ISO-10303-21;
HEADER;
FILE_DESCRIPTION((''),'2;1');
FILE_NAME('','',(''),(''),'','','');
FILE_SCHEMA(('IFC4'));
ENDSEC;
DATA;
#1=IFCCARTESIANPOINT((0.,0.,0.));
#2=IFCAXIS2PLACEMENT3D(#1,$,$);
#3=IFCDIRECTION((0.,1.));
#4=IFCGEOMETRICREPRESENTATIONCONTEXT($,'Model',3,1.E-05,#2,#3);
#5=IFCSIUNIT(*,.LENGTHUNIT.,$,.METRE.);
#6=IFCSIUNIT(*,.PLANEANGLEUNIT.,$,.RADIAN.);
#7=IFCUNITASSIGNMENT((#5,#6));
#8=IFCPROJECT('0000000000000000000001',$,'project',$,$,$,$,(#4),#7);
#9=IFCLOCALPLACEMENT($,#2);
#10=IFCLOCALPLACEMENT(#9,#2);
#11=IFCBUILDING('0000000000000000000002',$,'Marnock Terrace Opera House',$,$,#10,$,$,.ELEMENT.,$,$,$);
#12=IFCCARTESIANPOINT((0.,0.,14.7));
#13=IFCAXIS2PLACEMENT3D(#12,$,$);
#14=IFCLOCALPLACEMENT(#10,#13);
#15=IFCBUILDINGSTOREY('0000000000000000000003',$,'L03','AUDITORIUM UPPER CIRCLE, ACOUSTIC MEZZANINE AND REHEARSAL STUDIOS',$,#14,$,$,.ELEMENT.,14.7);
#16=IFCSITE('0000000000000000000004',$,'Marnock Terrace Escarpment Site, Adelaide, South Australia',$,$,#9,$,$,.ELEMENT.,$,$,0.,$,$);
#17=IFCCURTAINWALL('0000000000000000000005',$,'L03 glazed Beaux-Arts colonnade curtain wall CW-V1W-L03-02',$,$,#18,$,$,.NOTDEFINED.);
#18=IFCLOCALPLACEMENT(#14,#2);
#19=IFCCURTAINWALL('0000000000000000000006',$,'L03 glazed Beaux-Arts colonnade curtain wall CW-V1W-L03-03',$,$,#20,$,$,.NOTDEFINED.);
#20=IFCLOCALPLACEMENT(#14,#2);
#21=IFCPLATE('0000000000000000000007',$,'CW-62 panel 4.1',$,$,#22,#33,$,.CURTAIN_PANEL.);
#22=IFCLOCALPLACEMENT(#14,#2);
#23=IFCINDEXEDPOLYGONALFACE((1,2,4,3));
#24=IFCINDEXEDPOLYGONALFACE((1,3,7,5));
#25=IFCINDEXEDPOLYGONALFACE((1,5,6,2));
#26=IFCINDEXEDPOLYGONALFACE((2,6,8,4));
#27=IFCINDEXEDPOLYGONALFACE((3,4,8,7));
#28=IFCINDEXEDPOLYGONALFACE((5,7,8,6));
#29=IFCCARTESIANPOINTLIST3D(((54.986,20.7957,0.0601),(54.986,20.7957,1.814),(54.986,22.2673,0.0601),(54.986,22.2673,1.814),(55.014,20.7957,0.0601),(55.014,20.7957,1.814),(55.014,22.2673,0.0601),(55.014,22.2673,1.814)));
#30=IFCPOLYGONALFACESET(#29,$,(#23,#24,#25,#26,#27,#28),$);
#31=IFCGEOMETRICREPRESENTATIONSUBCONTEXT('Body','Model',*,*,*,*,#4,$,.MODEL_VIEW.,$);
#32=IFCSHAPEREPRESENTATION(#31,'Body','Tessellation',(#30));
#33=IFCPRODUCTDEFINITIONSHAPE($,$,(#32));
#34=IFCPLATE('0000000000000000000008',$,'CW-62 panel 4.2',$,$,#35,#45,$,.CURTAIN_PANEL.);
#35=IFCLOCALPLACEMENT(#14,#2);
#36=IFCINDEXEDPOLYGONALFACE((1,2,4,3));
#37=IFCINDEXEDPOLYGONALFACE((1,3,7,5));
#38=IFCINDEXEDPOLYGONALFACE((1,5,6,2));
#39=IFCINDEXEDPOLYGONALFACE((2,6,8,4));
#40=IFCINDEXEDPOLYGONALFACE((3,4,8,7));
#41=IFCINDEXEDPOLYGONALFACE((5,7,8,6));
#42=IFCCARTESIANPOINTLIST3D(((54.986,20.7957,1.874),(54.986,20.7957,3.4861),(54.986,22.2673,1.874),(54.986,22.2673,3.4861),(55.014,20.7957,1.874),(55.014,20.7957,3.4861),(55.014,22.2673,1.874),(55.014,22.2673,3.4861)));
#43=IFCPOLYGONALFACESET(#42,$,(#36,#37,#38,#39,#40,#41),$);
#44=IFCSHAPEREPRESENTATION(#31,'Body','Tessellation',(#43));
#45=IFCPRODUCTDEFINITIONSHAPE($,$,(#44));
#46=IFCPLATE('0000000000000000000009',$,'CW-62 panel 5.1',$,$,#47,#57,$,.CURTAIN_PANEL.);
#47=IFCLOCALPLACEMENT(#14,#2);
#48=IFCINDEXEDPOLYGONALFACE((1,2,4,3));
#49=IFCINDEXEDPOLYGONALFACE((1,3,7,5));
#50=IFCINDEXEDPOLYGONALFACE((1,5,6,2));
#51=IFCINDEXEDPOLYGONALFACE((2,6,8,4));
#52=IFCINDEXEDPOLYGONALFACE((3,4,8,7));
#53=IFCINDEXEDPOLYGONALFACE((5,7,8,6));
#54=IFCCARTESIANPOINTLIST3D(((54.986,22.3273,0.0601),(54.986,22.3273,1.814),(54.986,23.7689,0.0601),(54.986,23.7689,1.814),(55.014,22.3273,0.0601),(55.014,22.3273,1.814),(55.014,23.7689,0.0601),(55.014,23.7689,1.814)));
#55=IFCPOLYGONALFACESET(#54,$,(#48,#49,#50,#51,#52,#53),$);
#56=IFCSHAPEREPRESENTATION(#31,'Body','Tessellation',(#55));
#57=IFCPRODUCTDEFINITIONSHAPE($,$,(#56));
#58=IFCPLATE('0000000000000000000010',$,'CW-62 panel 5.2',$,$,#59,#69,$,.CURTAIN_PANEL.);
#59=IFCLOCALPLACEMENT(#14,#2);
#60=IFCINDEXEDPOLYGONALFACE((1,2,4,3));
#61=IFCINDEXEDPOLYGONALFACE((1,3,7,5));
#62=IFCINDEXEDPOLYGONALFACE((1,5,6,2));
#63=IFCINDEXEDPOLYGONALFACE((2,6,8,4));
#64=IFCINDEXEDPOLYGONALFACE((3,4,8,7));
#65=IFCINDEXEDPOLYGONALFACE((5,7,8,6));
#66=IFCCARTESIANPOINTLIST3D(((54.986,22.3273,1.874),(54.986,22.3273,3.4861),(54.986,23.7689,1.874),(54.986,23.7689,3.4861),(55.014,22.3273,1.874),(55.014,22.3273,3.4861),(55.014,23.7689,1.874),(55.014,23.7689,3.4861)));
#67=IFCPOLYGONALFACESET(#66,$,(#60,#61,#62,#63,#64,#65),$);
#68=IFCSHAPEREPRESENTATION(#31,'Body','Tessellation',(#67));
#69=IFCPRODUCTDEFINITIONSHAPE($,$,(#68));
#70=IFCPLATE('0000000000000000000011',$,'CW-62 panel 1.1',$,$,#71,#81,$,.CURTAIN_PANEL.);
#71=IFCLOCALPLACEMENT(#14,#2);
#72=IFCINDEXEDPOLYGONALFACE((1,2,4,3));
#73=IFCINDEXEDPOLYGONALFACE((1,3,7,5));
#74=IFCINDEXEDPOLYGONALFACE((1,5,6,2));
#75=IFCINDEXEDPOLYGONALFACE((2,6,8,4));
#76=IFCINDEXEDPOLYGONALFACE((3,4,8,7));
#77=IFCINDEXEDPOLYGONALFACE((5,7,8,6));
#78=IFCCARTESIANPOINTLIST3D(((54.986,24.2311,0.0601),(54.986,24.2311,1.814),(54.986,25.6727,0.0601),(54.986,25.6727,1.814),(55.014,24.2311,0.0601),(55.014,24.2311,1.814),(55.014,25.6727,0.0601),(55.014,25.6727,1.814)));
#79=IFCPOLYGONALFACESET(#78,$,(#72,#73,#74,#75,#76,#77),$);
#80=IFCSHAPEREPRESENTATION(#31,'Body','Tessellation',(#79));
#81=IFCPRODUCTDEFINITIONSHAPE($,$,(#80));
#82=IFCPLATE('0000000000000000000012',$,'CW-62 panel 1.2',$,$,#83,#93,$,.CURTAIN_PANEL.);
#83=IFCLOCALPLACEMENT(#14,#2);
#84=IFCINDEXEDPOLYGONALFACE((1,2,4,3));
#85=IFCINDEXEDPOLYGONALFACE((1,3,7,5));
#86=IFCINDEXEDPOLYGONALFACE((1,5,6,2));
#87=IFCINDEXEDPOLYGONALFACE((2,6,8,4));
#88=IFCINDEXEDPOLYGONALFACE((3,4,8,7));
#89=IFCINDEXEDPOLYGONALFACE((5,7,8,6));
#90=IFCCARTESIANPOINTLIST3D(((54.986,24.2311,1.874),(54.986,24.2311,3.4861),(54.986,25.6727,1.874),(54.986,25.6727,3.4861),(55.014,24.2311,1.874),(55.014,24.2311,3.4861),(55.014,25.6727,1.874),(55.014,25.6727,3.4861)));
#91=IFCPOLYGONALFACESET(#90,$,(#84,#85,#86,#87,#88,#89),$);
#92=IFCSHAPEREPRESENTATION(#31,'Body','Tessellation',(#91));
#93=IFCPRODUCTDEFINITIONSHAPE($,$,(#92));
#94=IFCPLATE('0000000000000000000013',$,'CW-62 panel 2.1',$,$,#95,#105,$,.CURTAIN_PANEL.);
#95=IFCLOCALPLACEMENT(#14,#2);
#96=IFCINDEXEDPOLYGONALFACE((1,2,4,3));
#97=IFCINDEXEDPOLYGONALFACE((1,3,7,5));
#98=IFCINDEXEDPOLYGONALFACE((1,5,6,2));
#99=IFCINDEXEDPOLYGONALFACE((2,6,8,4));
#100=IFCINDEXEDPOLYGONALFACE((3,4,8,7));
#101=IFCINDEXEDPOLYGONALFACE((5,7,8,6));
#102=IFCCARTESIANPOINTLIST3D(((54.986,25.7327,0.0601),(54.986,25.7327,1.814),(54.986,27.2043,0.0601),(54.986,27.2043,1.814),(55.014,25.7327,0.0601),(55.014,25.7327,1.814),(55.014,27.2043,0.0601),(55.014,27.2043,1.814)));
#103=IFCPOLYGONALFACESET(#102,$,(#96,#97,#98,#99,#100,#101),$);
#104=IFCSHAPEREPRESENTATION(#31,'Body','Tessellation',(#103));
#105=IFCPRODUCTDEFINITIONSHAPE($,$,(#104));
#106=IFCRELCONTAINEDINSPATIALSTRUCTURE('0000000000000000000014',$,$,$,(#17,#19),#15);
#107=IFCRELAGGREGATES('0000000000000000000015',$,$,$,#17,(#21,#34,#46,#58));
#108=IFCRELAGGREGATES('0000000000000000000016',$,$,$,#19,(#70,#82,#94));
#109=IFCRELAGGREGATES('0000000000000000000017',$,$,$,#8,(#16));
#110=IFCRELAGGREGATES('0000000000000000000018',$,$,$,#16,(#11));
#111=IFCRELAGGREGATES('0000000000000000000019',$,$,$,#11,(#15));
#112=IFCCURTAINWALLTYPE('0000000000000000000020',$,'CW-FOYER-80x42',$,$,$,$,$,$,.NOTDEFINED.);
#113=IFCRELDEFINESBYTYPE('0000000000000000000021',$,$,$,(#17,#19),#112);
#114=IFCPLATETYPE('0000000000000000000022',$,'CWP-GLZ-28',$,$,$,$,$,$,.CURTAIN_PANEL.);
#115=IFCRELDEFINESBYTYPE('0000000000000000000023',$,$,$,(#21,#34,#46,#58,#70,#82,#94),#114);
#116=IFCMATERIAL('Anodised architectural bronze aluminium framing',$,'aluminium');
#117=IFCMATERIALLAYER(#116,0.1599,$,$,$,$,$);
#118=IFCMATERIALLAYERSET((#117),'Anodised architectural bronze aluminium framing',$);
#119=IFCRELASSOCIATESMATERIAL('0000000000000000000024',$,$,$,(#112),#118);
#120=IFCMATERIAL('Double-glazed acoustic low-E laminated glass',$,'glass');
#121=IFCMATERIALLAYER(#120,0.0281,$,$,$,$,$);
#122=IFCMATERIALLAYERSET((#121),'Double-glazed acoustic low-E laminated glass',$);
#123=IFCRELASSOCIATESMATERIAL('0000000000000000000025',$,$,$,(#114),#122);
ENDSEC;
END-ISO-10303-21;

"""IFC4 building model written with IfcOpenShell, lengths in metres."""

from ifc_helpers import new_model, si_unit, direction, frame, origin, origin_2d, place, context, subcontext, project, spatial, rectangle, extrude, material, layer, layer_set, type_object, element, aggregate, save


model = new_model("IFC4")

# Units and contexts
model_context = context("Model", 3, precision=1e-05, world=origin(), true_north=direction((0.0, 1.0)))
body_context = subcontext(model_context, "Body", "Model", "MODEL_VIEW")
ifc_project = project(units=[si_unit("LENGTHUNIT", "METRE"), si_unit("PLANEANGLEUNIT", "RADIAN")], contexts=[model_context])

# Site, building, storey
site_placement = place(None, origin())
site = spatial("IfcSite", under=ifc_project, at=site_placement, Name="Marnock Terrace Escarpment Site, Adelaide, South Australia", CompositionType="ELEMENT", RefElevation=0.0)
building_placement = place(site_placement, origin())
building = spatial("IfcBuilding", under=site, at=building_placement, Name="Marnock Terrace Opera House", CompositionType="ELEMENT")
storey_placement = place(building_placement, frame((0.0, 0.0, 14.7)))
storey = spatial("IfcBuildingStorey", under=building, at=storey_placement, Name="L03", Description="AUDITORIUM UPPER CIRCLE, ACOUSTIC MEZZANINE AND REHEARSAL STUDIOS", CompositionType="ELEMENT", Elevation=14.7)

# Curtain walls
ifc_material_1 = material(Name="Anodised architectural bronze aluminium framing", Category="aluminium")
ifc_layer_1 = layer(ifc_material_1, 0.1599)
ifc_layer_set_1 = layer_set([ifc_layer_1], Name="Anodised architectural bronze aluminium framing")
curtain_wall_type_1 = type_object("IfcCurtainWallType", Name="CW-FOYER-80x42", PredefinedType="NOTDEFINED", material=ifc_layer_set_1)
curtain_wall_1_placement = place(storey_placement, origin())
curtain_wall_1 = element("IfcCurtainWall", 1, at=curtain_wall_1_placement, inside=storey, type_object=curtain_wall_type_1, Name="L03 glazed Beaux-Arts colonnade curtain wall CW-V1W-L03-02", PredefinedType="NOTDEFINED")
curtain_wall_2_placement = place(storey_placement, origin())
curtain_wall_2 = element("IfcCurtainWall", 2, at=curtain_wall_2_placement, inside=storey, type_object=curtain_wall_type_1, Name="L03 glazed Beaux-Arts colonnade curtain wall CW-V1W-L03-03", PredefinedType="NOTDEFINED")

# Plates
ifc_material_2 = material(Name="Double-glazed acoustic low-E laminated glass", Category="glass")
ifc_layer_2 = layer(ifc_material_2, 0.0281)
ifc_layer_set_2 = layer_set([ifc_layer_2], Name="Double-glazed acoustic low-E laminated glass")
plate_type = type_object("IfcPlateType", Name="CWP-GLZ-28", PredefinedType="CURTAIN_PANEL", material=ifc_layer_set_2)
plate_1_placement = place(storey_placement, frame((55.0, 21.5315, 0.0601), z_axis=(0.0, 0.0, 1.0), x_axis=(0.0, 1.0, 0.0)))
plate_1 = element("IfcPlate", 3, at=plate_1_placement, type_object=plate_type, Name="CW-62 panel 4.1", PredefinedType="CURTAIN_PANEL", context=body_context, shape_type="SweptSolid", body=[
    extrude(rectangle(XDim=1.4717, YDim=0.0281, at=origin_2d()), origin(), (0.0, 0.0, 1.0), 1.7539),
])
plate_2_placement = place(storey_placement, frame((55.0, 21.5315, 1.874), z_axis=(0.0, 0.0, 1.0), x_axis=(0.0, 1.0, 0.0)))
plate_2 = element("IfcPlate", 4, at=plate_2_placement, type_object=plate_type, Name="CW-62 panel 4.2", PredefinedType="CURTAIN_PANEL", context=body_context, shape_type="SweptSolid", body=[
    extrude(rectangle(XDim=1.4717, YDim=0.0281, at=origin_2d()), origin(), (0.0, 0.0, 1.0), 1.6121),
])
plate_3_placement = place(storey_placement, frame((55.0, 23.0481, 0.0601), z_axis=(0.0, 0.0, 1.0), x_axis=(0.0, 1.0, 0.0)))
plate_3 = element("IfcPlate", 5, at=plate_3_placement, type_object=plate_type, Name="CW-62 panel 5.1", PredefinedType="CURTAIN_PANEL", context=body_context, shape_type="SweptSolid", body=[
    extrude(rectangle(XDim=1.4417, YDim=0.0281, at=origin_2d()), origin(), (0.0, 0.0, 1.0), 1.7539),
])
plate_4_placement = place(storey_placement, frame((55.0, 23.0481, 1.874), z_axis=(0.0, 0.0, 1.0), x_axis=(0.0, 1.0, 0.0)))
plate_4 = element("IfcPlate", 6, at=plate_4_placement, type_object=plate_type, Name="CW-62 panel 5.2", PredefinedType="CURTAIN_PANEL", context=body_context, shape_type="SweptSolid", body=[
    extrude(rectangle(XDim=1.4417, YDim=0.0281, at=origin_2d()), origin(), (0.0, 0.0, 1.0), 1.6121),
])
aggregate(curtain_wall_1, [plate_1, plate_2, plate_3, plate_4])
plate_5_placement = place(storey_placement, frame((55.0, 24.9519, 0.0601), z_axis=(0.0, 0.0, 1.0), x_axis=(0.0, 1.0, 0.0)))
plate_5 = element("IfcPlate", 7, at=plate_5_placement, type_object=plate_type, Name="CW-62 panel 1.1", PredefinedType="CURTAIN_PANEL", context=body_context, shape_type="SweptSolid", body=[
    extrude(rectangle(XDim=1.4417, YDim=0.0281, at=origin_2d()), origin(), (0.0, 0.0, 1.0), 1.7539),
])
plate_6_placement = place(storey_placement, frame((55.0, 24.9519, 1.874), z_axis=(0.0, 0.0, 1.0), x_axis=(0.0, 1.0, 0.0)))
plate_6 = element("IfcPlate", 8, at=plate_6_placement, type_object=plate_type, Name="CW-62 panel 1.2", PredefinedType="CURTAIN_PANEL", context=body_context, shape_type="SweptSolid", body=[
    extrude(rectangle(XDim=1.4417, YDim=0.0281, at=origin_2d()), origin(), (0.0, 0.0, 1.0), 1.6121),
])
plate_7_placement = place(storey_placement, frame((55.0, 26.4685, 0.0601), z_axis=(0.0, 0.0, 1.0), x_axis=(0.0, 1.0, 0.0)))
plate_7 = element("IfcPlate", 9, at=plate_7_placement, type_object=plate_type, Name="CW-62 panel 2.1", PredefinedType="CURTAIN_PANEL", context=body_context, shape_type="SweptSolid", body=[
    extrude(rectangle(XDim=1.4717, YDim=0.0281, at=origin_2d()), origin(), (0.0, 0.0, 1.0), 1.7539),
])
aggregate(curtain_wall_2, [plate_5, plate_6, plate_7])

save(model, "model.ifc")
